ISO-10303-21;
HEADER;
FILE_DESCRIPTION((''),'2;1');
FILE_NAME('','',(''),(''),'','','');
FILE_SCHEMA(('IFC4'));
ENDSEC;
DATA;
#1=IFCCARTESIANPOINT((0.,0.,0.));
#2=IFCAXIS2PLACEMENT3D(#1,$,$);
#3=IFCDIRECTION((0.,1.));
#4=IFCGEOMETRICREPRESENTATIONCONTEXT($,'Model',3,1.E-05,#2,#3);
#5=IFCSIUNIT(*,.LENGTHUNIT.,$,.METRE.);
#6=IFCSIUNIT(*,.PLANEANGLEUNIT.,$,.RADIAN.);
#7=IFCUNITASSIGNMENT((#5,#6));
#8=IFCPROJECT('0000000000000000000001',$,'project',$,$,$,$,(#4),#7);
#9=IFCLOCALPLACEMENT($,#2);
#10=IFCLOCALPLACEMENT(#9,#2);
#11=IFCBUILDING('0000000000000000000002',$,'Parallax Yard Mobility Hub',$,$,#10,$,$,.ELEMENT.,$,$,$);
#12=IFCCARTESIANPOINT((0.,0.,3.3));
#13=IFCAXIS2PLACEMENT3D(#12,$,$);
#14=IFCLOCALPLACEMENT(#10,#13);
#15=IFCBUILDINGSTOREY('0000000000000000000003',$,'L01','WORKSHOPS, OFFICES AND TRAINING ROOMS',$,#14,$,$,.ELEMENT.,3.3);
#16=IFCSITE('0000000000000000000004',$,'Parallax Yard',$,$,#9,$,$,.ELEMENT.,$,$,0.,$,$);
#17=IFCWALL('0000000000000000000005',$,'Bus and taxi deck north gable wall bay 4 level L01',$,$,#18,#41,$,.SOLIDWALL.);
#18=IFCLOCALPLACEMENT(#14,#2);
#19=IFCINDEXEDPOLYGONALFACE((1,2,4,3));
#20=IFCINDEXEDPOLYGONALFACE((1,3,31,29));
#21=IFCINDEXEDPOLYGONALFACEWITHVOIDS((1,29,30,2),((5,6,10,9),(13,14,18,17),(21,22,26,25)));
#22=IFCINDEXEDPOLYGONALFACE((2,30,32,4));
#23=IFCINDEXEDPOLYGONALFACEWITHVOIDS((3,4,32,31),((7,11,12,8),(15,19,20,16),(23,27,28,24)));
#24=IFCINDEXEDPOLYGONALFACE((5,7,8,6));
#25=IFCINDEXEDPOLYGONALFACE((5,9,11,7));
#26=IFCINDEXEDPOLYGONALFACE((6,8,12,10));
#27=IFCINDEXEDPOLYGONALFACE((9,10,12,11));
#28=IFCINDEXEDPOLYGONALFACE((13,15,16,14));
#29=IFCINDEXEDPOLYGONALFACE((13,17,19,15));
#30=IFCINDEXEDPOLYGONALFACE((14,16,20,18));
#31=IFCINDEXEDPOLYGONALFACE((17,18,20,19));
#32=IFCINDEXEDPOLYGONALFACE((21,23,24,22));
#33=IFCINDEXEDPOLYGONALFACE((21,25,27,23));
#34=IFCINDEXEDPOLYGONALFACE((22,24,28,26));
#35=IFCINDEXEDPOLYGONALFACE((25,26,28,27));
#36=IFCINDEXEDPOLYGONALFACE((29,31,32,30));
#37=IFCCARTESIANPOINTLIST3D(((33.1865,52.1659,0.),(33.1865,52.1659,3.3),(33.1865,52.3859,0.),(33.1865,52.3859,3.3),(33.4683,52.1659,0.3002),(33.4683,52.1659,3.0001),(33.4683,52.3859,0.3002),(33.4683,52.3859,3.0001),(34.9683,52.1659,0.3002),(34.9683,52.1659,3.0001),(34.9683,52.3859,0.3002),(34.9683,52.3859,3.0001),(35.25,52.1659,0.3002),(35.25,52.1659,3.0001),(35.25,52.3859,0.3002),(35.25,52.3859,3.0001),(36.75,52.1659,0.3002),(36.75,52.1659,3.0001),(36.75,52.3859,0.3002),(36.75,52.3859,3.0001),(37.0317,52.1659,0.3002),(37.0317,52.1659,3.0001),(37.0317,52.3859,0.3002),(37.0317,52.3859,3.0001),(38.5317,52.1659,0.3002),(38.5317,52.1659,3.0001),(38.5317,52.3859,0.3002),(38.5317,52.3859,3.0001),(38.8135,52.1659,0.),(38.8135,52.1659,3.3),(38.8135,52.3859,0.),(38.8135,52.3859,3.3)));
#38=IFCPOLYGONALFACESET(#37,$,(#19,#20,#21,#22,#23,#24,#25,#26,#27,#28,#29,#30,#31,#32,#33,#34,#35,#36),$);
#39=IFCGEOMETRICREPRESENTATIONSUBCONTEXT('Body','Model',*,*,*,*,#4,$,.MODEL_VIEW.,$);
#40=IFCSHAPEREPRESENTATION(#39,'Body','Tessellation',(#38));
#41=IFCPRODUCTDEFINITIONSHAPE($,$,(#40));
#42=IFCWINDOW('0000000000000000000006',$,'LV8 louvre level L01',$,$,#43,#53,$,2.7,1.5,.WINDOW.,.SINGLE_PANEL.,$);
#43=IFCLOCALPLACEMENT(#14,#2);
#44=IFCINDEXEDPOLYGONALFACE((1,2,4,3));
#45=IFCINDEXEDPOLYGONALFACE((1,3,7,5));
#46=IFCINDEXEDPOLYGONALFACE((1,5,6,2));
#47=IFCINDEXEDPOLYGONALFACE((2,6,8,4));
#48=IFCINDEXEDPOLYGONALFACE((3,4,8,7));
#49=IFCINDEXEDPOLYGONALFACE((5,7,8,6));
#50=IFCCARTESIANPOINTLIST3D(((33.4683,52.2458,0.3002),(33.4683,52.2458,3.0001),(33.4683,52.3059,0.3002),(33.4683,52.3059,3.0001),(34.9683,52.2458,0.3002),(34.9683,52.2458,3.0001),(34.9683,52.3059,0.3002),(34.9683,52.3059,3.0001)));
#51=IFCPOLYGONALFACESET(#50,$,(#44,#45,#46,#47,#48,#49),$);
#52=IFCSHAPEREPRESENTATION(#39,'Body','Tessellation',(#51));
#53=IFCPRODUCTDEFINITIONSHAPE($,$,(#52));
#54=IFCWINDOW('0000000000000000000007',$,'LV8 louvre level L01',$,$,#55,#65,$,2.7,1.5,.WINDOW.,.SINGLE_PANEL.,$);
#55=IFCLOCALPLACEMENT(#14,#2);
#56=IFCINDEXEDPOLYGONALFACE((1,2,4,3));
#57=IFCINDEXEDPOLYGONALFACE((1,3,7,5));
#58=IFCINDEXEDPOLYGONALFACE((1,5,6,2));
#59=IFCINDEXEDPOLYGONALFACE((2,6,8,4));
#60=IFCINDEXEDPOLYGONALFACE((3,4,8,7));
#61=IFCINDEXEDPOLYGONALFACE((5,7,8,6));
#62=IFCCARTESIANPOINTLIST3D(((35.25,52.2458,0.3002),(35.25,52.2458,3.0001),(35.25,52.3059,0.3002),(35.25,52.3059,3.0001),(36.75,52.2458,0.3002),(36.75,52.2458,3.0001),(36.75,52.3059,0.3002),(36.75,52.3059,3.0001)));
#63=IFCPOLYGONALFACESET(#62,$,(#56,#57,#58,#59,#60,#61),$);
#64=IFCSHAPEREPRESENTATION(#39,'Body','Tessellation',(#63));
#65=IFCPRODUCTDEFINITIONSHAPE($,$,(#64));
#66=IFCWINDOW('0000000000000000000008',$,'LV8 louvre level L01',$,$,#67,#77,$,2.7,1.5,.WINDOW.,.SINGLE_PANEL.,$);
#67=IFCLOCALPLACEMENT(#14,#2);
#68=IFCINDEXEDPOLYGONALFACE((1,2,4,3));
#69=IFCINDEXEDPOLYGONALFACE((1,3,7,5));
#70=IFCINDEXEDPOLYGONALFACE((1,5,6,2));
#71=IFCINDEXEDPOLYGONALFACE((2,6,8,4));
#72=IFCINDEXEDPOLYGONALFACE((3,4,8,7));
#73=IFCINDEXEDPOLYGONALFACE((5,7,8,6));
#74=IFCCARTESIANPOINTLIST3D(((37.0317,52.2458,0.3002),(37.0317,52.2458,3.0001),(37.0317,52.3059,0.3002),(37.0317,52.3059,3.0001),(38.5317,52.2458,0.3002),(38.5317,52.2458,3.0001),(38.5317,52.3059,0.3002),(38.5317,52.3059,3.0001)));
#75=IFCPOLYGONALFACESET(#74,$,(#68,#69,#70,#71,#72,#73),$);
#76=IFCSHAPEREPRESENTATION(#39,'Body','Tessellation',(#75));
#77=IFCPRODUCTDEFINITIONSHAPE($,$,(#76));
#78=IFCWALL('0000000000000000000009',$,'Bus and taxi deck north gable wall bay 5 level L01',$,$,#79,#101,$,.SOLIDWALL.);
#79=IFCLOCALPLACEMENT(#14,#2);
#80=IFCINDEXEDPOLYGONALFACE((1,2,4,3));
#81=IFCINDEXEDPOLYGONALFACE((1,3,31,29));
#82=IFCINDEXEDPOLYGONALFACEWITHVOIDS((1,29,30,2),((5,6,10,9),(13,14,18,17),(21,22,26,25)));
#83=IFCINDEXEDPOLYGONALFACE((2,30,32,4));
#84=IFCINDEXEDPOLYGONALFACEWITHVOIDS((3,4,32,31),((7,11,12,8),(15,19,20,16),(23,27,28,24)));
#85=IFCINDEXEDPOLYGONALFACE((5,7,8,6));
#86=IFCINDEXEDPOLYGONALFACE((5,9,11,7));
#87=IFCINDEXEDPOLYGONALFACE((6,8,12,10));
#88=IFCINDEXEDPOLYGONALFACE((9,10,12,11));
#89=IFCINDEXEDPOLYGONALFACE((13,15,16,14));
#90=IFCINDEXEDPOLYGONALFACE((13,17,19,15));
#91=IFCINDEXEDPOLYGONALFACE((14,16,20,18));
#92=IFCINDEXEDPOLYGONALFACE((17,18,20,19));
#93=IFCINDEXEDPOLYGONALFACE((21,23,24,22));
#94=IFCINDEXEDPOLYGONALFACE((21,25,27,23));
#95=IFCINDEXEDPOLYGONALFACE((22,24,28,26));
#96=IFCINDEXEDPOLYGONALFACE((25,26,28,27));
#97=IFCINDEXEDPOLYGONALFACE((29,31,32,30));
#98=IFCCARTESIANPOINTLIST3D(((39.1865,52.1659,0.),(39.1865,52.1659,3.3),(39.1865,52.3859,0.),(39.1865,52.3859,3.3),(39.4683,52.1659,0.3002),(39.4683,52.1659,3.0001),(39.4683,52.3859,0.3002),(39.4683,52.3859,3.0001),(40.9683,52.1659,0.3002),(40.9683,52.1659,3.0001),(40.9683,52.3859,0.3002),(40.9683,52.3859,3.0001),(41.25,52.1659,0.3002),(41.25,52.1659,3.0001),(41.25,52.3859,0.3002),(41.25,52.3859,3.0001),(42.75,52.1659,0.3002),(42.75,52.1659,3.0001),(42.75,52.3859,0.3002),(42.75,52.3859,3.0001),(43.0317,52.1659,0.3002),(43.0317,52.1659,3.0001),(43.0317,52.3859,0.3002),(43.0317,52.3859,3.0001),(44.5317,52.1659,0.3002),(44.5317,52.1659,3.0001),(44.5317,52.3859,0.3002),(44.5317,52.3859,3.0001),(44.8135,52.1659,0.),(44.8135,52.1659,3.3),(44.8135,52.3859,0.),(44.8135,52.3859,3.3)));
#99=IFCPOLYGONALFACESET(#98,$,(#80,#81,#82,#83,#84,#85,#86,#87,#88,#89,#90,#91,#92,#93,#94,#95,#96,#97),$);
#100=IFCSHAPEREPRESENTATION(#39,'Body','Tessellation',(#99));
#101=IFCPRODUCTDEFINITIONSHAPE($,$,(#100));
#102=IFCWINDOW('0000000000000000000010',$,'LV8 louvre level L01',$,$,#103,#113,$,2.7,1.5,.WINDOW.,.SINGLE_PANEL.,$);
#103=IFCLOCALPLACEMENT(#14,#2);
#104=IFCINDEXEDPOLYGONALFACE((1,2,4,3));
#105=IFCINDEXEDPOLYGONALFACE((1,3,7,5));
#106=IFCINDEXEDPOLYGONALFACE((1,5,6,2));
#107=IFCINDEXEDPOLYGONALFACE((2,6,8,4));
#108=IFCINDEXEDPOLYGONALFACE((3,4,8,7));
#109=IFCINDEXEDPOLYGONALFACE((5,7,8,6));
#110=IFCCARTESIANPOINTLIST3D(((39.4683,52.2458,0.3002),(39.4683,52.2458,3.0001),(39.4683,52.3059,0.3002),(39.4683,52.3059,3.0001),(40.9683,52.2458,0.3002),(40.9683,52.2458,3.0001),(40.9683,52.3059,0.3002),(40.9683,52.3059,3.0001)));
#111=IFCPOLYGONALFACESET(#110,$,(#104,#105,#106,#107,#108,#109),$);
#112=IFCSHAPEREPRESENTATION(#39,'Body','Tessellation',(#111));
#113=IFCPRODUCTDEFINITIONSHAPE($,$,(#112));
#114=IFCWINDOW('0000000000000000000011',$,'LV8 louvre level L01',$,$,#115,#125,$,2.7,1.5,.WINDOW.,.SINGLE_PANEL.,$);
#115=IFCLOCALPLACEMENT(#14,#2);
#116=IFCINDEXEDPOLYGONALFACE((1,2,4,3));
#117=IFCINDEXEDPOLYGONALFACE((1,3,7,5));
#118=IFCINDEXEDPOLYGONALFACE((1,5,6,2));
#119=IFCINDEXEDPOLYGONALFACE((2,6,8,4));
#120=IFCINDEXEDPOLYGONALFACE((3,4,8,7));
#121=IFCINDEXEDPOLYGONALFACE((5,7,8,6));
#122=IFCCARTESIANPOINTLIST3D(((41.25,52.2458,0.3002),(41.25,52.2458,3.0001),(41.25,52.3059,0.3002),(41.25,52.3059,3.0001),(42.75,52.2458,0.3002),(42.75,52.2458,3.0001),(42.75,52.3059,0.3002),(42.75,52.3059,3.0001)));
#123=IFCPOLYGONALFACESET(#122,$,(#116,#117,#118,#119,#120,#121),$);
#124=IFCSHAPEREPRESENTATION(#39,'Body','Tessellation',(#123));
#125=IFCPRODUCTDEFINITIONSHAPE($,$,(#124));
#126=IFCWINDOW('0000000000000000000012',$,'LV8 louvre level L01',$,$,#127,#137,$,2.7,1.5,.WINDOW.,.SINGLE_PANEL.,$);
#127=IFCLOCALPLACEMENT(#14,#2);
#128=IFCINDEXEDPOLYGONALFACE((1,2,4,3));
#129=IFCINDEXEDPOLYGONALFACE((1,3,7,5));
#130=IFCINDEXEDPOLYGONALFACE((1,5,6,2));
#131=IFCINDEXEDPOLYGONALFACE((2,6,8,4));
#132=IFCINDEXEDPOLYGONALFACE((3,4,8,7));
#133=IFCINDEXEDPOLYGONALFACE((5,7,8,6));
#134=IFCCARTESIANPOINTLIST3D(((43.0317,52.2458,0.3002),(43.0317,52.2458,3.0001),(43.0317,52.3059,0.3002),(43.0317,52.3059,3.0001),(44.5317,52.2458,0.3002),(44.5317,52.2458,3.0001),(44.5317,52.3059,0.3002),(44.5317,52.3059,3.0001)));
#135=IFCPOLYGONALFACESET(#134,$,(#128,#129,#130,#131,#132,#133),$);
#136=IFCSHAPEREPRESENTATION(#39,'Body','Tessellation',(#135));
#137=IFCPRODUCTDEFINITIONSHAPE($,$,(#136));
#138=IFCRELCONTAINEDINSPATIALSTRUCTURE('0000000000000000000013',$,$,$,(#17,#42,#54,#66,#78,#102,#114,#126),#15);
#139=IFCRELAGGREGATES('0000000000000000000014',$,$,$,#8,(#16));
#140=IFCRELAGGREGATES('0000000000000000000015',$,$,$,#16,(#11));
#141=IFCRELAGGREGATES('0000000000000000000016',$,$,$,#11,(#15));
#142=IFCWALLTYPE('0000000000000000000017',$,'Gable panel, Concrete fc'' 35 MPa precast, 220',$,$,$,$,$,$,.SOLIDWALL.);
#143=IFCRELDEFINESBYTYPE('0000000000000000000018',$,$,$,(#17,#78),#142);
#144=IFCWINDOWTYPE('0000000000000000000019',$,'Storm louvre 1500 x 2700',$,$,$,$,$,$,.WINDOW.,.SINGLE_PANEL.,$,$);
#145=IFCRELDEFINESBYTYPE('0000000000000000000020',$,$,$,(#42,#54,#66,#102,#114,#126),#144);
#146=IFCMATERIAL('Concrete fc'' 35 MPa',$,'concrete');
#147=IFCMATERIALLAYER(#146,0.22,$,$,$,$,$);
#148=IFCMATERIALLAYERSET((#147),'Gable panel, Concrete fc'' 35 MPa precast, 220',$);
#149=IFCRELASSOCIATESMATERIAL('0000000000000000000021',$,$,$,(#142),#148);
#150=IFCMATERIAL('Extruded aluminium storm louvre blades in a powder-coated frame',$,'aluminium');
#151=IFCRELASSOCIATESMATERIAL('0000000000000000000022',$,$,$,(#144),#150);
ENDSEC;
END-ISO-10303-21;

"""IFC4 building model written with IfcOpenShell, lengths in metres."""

from ifc_helpers import new_model, si_unit, direction, frame, frame_2d, origin, place, context, subcontext, project, spatial, rectangle, extrude, material, layer, layer_set, type_object, element, fill, save


model = new_model("IFC4")

# Units and contexts
model_context = context("Model", 3, precision=1e-05, world=origin(), true_north=direction((0.0, 1.0)))
body_context = subcontext(model_context, "Body", "Model", "MODEL_VIEW")
ifc_project = project(units=[si_unit("LENGTHUNIT", "METRE"), si_unit("PLANEANGLEUNIT", "RADIAN")], contexts=[model_context])

# Site, building, storey
site_placement = place(None, origin())
site = spatial("IfcSite", under=ifc_project, at=site_placement, Name="Parallax Yard", CompositionType="ELEMENT", RefElevation=0.0)
building_placement = place(site_placement, origin())
building = spatial("IfcBuilding", under=site, at=building_placement, Name="Parallax Yard Mobility Hub", CompositionType="ELEMENT")
storey_placement = place(building_placement, frame((0.0, 0.0, 3.3)))
storey = spatial("IfcBuildingStorey", under=building, at=storey_placement, Name="L01", Description="WORKSHOPS, OFFICES AND TRAINING ROOMS", CompositionType="ELEMENT", Elevation=3.3)

# Walls, openings, windows
ifc_material_1 = material(Name="Concrete fc' 35 MPa", Category="concrete")
ifc_layer = layer(ifc_material_1, 0.22)
ifc_layer_set = layer_set([ifc_layer], Name="Gable panel, Concrete fc' 35 MPa precast, 220")
wall_type = type_object("IfcWallType", Name="Gable panel, Concrete fc' 35 MPa precast, 220", PredefinedType="SOLIDWALL", material=ifc_layer_set)
wall_1_placement = place(storey_placement, frame((33.1865, 52.2759, 0.0), z_axis=(0.0, 0.0, 1.0), x_axis=(1.0, 0.0, 0.0)))
wall_1 = element("IfcWall", 1, at=wall_1_placement, inside=storey, type_object=wall_type, Name="Bus and taxi deck north gable wall bay 4 level L01", PredefinedType="SOLIDWALL", context=body_context, shape_type="SweptSolid", body=[
    extrude(rectangle(XDim=5.627, YDim=0.22, at=frame_2d((2.8135, 0.0))), origin(), (0.0, 0.0, 1.0), 3.3),
])
opening_1_placement = place(wall_1_placement, frame((0.2817, 0.0, 0.3)))
opening_1 = element("IfcOpeningElement", 2, at=opening_1_placement, cuts=wall_1, PredefinedType="OPENING", context=body_context, shape_type="SweptSolid", body=[
    extrude(rectangle(XDim=1.5, YDim=2.7, at=frame_2d((0.75, 1.3501))), frame((0.0, 0.1201, 0.0), z_axis=(0.0, -1.0, 0.0), x_axis=(1.0, 0.0, 0.0)), (0.0, 0.0, 1.0), 0.24),
])
opening_2_placement = place(wall_1_placement, frame((2.0635, 0.0, 0.3)))
opening_2 = element("IfcOpeningElement", 3, at=opening_2_placement, cuts=wall_1, PredefinedType="OPENING", context=body_context, shape_type="SweptSolid", body=[
    extrude(rectangle(XDim=1.5, YDim=2.7, at=frame_2d((0.75, 1.3501))), frame((0.0, 0.1201, 0.0), z_axis=(0.0, -1.0, 0.0), x_axis=(1.0, 0.0, 0.0)), (0.0, 0.0, 1.0), 0.24),
])
opening_3_placement = place(wall_1_placement, frame((3.8452, 0.0, 0.3)))
opening_3 = element("IfcOpeningElement", 4, at=opening_3_placement, cuts=wall_1, PredefinedType="OPENING", context=body_context, shape_type="SweptSolid", body=[
    extrude(rectangle(XDim=1.5, YDim=2.7, at=frame_2d((0.75, 1.3501))), frame((0.0, 0.1201, 0.0), z_axis=(0.0, -1.0, 0.0), x_axis=(1.0, 0.0, 0.0)), (0.0, 0.0, 1.0), 0.24),
])
ifc_material_2 = material(Name="Extruded aluminium storm louvre blades in a powder-coated frame", Category="aluminium")
window_type = type_object("IfcWindowType", Name="Storm louvre 1500 x 2700", PartitioningType="SINGLE_PANEL", PredefinedType="WINDOW", material=ifc_material_2)
window_1_placement = place(opening_1_placement, origin())
window_1 = element("IfcWindow", 5, at=window_1_placement, inside=storey, type_object=window_type, Name="LV8 louvre level L01", OverallHeight=2.7, OverallWidth=1.5, PartitioningType="SINGLE_PANEL", PredefinedType="WINDOW", context=body_context, shape_type="SweptSolid", body=[
    extrude(rectangle(XDim=1.5, YDim=2.7, at=frame_2d((0.75, 1.3501))), frame((0.0, 0.03, 0.0), z_axis=(0.0, -1.0, 0.0), x_axis=(1.0, 0.0, 0.0)), (0.0, 0.0, 1.0), 0.0601),
])
fill(opening_1, window_1)
window_2_placement = place(opening_2_placement, origin())
window_2 = element("IfcWindow", 6, at=window_2_placement, inside=storey, type_object=window_type, Name="LV8 louvre level L01", OverallHeight=2.7, OverallWidth=1.5, PartitioningType="SINGLE_PANEL", PredefinedType="WINDOW", context=body_context, shape_type="SweptSolid", body=[
    extrude(rectangle(XDim=1.5, YDim=2.7, at=frame_2d((0.75, 1.3501))), frame((0.0, 0.03, 0.0), z_axis=(0.0, -1.0, 0.0), x_axis=(1.0, 0.0, 0.0)), (0.0, 0.0, 1.0), 0.0601),
])
fill(opening_2, window_2)
window_3_placement = place(opening_3_placement, origin())
window_3 = element("IfcWindow", 7, at=window_3_placement, inside=storey, type_object=window_type, Name="LV8 louvre level L01", OverallHeight=2.7, OverallWidth=1.5, PartitioningType="SINGLE_PANEL", PredefinedType="WINDOW", context=body_context, shape_type="SweptSolid", body=[
    extrude(rectangle(XDim=1.5, YDim=2.7, at=frame_2d((0.75, 1.3501))), frame((0.0, 0.03, 0.0), z_axis=(0.0, -1.0, 0.0), x_axis=(1.0, 0.0, 0.0)), (0.0, 0.0, 1.0), 0.0601),
])
fill(opening_3, window_3)
wall_2_placement = place(storey_placement, frame((39.1865, 52.2759, 0.0), z_axis=(0.0, 0.0, 1.0), x_axis=(1.0, 0.0, 0.0)))
wall_2 = element("IfcWall", 8, at=wall_2_placement, inside=storey, type_object=wall_type, Name="Bus and taxi deck north gable wall bay 5 level L01", PredefinedType="SOLIDWALL", context=body_context, shape_type="SweptSolid", body=[
    extrude(rectangle(XDim=5.627, YDim=0.22, at=frame_2d((2.8135, 0.0))), origin(), (0.0, 0.0, 1.0), 3.3),
])
opening_4_placement = place(wall_2_placement, frame((0.2817, 0.0, 0.3)))
opening_4 = element("IfcOpeningElement", 9, at=opening_4_placement, cuts=wall_2, PredefinedType="OPENING", context=body_context, shape_type="SweptSolid", body=[
    extrude(rectangle(XDim=1.5, YDim=2.7, at=frame_2d((0.75, 1.3501))), frame((0.0, 0.1201, 0.0), z_axis=(0.0, -1.0, 0.0), x_axis=(1.0, 0.0, 0.0)), (0.0, 0.0, 1.0), 0.24),
])
opening_5_placement = place(wall_2_placement, frame((2.0635, 0.0, 0.3)))
opening_5 = element("IfcOpeningElement", 10, at=opening_5_placement, cuts=wall_2, PredefinedType="OPENING", context=body_context, shape_type="SweptSolid", body=[
    extrude(rectangle(XDim=1.5, YDim=2.7, at=frame_2d((0.75, 1.3501))), frame((0.0, 0.1201, 0.0), z_axis=(0.0, -1.0, 0.0), x_axis=(1.0, 0.0, 0.0)), (0.0, 0.0, 1.0), 0.24),
])
opening_6_placement = place(wall_2_placement, frame((3.8452, 0.0, 0.3)))
opening_6 = element("IfcOpeningElement", 11, at=opening_6_placement, cuts=wall_2, PredefinedType="OPENING", context=body_context, shape_type="SweptSolid", body=[
    extrude(rectangle(XDim=1.5, YDim=2.7, at=frame_2d((0.75, 1.3501))), frame((0.0, 0.1201, 0.0), z_axis=(0.0, -1.0, 0.0), x_axis=(1.0, 0.0, 0.0)), (0.0, 0.0, 1.0), 0.24),
])
window_4_placement = place(opening_4_placement, origin())
window_4 = element("IfcWindow", 12, at=window_4_placement, inside=storey, type_object=window_type, Name="LV8 louvre level L01", OverallHeight=2.7, OverallWidth=1.5, PartitioningType="SINGLE_PANEL", PredefinedType="WINDOW", context=body_context, shape_type="SweptSolid", body=[
    extrude(rectangle(XDim=1.5, YDim=2.7, at=frame_2d((0.75, 1.3501))), frame((0.0, 0.03, 0.0), z_axis=(0.0, -1.0, 0.0), x_axis=(1.0, 0.0, 0.0)), (0.0, 0.0, 1.0), 0.0601),
])
fill(opening_4, window_4)
window_5_placement = place(opening_5_placement, origin())
window_5 = element("IfcWindow", 13, at=window_5_placement, inside=storey, type_object=window_type, Name="LV8 louvre level L01", OverallHeight=2.7, OverallWidth=1.5, PartitioningType="SINGLE_PANEL", PredefinedType="WINDOW", context=body_context, shape_type="SweptSolid", body=[
    extrude(rectangle(XDim=1.5, YDim=2.7, at=frame_2d((0.75, 1.3501))), frame((0.0, 0.03, 0.0), z_axis=(0.0, -1.0, 0.0), x_axis=(1.0, 0.0, 0.0)), (0.0, 0.0, 1.0), 0.0601),
])
fill(opening_5, window_5)
window_6_placement = place(opening_6_placement, origin())
window_6 = element("IfcWindow", 14, at=window_6_placement, inside=storey, type_object=window_type, Name="LV8 louvre level L01", OverallHeight=2.7, OverallWidth=1.5, PartitioningType="SINGLE_PANEL", PredefinedType="WINDOW", context=body_context, shape_type="SweptSolid", body=[
    extrude(rectangle(XDim=1.5, YDim=2.7, at=frame_2d((0.75, 1.3501))), frame((0.0, 0.03, 0.0), z_axis=(0.0, -1.0, 0.0), x_axis=(1.0, 0.0, 0.0)), (0.0, 0.0, 1.0), 0.0601),
])
fill(opening_6, window_6)

save(model, "model.ifc")
